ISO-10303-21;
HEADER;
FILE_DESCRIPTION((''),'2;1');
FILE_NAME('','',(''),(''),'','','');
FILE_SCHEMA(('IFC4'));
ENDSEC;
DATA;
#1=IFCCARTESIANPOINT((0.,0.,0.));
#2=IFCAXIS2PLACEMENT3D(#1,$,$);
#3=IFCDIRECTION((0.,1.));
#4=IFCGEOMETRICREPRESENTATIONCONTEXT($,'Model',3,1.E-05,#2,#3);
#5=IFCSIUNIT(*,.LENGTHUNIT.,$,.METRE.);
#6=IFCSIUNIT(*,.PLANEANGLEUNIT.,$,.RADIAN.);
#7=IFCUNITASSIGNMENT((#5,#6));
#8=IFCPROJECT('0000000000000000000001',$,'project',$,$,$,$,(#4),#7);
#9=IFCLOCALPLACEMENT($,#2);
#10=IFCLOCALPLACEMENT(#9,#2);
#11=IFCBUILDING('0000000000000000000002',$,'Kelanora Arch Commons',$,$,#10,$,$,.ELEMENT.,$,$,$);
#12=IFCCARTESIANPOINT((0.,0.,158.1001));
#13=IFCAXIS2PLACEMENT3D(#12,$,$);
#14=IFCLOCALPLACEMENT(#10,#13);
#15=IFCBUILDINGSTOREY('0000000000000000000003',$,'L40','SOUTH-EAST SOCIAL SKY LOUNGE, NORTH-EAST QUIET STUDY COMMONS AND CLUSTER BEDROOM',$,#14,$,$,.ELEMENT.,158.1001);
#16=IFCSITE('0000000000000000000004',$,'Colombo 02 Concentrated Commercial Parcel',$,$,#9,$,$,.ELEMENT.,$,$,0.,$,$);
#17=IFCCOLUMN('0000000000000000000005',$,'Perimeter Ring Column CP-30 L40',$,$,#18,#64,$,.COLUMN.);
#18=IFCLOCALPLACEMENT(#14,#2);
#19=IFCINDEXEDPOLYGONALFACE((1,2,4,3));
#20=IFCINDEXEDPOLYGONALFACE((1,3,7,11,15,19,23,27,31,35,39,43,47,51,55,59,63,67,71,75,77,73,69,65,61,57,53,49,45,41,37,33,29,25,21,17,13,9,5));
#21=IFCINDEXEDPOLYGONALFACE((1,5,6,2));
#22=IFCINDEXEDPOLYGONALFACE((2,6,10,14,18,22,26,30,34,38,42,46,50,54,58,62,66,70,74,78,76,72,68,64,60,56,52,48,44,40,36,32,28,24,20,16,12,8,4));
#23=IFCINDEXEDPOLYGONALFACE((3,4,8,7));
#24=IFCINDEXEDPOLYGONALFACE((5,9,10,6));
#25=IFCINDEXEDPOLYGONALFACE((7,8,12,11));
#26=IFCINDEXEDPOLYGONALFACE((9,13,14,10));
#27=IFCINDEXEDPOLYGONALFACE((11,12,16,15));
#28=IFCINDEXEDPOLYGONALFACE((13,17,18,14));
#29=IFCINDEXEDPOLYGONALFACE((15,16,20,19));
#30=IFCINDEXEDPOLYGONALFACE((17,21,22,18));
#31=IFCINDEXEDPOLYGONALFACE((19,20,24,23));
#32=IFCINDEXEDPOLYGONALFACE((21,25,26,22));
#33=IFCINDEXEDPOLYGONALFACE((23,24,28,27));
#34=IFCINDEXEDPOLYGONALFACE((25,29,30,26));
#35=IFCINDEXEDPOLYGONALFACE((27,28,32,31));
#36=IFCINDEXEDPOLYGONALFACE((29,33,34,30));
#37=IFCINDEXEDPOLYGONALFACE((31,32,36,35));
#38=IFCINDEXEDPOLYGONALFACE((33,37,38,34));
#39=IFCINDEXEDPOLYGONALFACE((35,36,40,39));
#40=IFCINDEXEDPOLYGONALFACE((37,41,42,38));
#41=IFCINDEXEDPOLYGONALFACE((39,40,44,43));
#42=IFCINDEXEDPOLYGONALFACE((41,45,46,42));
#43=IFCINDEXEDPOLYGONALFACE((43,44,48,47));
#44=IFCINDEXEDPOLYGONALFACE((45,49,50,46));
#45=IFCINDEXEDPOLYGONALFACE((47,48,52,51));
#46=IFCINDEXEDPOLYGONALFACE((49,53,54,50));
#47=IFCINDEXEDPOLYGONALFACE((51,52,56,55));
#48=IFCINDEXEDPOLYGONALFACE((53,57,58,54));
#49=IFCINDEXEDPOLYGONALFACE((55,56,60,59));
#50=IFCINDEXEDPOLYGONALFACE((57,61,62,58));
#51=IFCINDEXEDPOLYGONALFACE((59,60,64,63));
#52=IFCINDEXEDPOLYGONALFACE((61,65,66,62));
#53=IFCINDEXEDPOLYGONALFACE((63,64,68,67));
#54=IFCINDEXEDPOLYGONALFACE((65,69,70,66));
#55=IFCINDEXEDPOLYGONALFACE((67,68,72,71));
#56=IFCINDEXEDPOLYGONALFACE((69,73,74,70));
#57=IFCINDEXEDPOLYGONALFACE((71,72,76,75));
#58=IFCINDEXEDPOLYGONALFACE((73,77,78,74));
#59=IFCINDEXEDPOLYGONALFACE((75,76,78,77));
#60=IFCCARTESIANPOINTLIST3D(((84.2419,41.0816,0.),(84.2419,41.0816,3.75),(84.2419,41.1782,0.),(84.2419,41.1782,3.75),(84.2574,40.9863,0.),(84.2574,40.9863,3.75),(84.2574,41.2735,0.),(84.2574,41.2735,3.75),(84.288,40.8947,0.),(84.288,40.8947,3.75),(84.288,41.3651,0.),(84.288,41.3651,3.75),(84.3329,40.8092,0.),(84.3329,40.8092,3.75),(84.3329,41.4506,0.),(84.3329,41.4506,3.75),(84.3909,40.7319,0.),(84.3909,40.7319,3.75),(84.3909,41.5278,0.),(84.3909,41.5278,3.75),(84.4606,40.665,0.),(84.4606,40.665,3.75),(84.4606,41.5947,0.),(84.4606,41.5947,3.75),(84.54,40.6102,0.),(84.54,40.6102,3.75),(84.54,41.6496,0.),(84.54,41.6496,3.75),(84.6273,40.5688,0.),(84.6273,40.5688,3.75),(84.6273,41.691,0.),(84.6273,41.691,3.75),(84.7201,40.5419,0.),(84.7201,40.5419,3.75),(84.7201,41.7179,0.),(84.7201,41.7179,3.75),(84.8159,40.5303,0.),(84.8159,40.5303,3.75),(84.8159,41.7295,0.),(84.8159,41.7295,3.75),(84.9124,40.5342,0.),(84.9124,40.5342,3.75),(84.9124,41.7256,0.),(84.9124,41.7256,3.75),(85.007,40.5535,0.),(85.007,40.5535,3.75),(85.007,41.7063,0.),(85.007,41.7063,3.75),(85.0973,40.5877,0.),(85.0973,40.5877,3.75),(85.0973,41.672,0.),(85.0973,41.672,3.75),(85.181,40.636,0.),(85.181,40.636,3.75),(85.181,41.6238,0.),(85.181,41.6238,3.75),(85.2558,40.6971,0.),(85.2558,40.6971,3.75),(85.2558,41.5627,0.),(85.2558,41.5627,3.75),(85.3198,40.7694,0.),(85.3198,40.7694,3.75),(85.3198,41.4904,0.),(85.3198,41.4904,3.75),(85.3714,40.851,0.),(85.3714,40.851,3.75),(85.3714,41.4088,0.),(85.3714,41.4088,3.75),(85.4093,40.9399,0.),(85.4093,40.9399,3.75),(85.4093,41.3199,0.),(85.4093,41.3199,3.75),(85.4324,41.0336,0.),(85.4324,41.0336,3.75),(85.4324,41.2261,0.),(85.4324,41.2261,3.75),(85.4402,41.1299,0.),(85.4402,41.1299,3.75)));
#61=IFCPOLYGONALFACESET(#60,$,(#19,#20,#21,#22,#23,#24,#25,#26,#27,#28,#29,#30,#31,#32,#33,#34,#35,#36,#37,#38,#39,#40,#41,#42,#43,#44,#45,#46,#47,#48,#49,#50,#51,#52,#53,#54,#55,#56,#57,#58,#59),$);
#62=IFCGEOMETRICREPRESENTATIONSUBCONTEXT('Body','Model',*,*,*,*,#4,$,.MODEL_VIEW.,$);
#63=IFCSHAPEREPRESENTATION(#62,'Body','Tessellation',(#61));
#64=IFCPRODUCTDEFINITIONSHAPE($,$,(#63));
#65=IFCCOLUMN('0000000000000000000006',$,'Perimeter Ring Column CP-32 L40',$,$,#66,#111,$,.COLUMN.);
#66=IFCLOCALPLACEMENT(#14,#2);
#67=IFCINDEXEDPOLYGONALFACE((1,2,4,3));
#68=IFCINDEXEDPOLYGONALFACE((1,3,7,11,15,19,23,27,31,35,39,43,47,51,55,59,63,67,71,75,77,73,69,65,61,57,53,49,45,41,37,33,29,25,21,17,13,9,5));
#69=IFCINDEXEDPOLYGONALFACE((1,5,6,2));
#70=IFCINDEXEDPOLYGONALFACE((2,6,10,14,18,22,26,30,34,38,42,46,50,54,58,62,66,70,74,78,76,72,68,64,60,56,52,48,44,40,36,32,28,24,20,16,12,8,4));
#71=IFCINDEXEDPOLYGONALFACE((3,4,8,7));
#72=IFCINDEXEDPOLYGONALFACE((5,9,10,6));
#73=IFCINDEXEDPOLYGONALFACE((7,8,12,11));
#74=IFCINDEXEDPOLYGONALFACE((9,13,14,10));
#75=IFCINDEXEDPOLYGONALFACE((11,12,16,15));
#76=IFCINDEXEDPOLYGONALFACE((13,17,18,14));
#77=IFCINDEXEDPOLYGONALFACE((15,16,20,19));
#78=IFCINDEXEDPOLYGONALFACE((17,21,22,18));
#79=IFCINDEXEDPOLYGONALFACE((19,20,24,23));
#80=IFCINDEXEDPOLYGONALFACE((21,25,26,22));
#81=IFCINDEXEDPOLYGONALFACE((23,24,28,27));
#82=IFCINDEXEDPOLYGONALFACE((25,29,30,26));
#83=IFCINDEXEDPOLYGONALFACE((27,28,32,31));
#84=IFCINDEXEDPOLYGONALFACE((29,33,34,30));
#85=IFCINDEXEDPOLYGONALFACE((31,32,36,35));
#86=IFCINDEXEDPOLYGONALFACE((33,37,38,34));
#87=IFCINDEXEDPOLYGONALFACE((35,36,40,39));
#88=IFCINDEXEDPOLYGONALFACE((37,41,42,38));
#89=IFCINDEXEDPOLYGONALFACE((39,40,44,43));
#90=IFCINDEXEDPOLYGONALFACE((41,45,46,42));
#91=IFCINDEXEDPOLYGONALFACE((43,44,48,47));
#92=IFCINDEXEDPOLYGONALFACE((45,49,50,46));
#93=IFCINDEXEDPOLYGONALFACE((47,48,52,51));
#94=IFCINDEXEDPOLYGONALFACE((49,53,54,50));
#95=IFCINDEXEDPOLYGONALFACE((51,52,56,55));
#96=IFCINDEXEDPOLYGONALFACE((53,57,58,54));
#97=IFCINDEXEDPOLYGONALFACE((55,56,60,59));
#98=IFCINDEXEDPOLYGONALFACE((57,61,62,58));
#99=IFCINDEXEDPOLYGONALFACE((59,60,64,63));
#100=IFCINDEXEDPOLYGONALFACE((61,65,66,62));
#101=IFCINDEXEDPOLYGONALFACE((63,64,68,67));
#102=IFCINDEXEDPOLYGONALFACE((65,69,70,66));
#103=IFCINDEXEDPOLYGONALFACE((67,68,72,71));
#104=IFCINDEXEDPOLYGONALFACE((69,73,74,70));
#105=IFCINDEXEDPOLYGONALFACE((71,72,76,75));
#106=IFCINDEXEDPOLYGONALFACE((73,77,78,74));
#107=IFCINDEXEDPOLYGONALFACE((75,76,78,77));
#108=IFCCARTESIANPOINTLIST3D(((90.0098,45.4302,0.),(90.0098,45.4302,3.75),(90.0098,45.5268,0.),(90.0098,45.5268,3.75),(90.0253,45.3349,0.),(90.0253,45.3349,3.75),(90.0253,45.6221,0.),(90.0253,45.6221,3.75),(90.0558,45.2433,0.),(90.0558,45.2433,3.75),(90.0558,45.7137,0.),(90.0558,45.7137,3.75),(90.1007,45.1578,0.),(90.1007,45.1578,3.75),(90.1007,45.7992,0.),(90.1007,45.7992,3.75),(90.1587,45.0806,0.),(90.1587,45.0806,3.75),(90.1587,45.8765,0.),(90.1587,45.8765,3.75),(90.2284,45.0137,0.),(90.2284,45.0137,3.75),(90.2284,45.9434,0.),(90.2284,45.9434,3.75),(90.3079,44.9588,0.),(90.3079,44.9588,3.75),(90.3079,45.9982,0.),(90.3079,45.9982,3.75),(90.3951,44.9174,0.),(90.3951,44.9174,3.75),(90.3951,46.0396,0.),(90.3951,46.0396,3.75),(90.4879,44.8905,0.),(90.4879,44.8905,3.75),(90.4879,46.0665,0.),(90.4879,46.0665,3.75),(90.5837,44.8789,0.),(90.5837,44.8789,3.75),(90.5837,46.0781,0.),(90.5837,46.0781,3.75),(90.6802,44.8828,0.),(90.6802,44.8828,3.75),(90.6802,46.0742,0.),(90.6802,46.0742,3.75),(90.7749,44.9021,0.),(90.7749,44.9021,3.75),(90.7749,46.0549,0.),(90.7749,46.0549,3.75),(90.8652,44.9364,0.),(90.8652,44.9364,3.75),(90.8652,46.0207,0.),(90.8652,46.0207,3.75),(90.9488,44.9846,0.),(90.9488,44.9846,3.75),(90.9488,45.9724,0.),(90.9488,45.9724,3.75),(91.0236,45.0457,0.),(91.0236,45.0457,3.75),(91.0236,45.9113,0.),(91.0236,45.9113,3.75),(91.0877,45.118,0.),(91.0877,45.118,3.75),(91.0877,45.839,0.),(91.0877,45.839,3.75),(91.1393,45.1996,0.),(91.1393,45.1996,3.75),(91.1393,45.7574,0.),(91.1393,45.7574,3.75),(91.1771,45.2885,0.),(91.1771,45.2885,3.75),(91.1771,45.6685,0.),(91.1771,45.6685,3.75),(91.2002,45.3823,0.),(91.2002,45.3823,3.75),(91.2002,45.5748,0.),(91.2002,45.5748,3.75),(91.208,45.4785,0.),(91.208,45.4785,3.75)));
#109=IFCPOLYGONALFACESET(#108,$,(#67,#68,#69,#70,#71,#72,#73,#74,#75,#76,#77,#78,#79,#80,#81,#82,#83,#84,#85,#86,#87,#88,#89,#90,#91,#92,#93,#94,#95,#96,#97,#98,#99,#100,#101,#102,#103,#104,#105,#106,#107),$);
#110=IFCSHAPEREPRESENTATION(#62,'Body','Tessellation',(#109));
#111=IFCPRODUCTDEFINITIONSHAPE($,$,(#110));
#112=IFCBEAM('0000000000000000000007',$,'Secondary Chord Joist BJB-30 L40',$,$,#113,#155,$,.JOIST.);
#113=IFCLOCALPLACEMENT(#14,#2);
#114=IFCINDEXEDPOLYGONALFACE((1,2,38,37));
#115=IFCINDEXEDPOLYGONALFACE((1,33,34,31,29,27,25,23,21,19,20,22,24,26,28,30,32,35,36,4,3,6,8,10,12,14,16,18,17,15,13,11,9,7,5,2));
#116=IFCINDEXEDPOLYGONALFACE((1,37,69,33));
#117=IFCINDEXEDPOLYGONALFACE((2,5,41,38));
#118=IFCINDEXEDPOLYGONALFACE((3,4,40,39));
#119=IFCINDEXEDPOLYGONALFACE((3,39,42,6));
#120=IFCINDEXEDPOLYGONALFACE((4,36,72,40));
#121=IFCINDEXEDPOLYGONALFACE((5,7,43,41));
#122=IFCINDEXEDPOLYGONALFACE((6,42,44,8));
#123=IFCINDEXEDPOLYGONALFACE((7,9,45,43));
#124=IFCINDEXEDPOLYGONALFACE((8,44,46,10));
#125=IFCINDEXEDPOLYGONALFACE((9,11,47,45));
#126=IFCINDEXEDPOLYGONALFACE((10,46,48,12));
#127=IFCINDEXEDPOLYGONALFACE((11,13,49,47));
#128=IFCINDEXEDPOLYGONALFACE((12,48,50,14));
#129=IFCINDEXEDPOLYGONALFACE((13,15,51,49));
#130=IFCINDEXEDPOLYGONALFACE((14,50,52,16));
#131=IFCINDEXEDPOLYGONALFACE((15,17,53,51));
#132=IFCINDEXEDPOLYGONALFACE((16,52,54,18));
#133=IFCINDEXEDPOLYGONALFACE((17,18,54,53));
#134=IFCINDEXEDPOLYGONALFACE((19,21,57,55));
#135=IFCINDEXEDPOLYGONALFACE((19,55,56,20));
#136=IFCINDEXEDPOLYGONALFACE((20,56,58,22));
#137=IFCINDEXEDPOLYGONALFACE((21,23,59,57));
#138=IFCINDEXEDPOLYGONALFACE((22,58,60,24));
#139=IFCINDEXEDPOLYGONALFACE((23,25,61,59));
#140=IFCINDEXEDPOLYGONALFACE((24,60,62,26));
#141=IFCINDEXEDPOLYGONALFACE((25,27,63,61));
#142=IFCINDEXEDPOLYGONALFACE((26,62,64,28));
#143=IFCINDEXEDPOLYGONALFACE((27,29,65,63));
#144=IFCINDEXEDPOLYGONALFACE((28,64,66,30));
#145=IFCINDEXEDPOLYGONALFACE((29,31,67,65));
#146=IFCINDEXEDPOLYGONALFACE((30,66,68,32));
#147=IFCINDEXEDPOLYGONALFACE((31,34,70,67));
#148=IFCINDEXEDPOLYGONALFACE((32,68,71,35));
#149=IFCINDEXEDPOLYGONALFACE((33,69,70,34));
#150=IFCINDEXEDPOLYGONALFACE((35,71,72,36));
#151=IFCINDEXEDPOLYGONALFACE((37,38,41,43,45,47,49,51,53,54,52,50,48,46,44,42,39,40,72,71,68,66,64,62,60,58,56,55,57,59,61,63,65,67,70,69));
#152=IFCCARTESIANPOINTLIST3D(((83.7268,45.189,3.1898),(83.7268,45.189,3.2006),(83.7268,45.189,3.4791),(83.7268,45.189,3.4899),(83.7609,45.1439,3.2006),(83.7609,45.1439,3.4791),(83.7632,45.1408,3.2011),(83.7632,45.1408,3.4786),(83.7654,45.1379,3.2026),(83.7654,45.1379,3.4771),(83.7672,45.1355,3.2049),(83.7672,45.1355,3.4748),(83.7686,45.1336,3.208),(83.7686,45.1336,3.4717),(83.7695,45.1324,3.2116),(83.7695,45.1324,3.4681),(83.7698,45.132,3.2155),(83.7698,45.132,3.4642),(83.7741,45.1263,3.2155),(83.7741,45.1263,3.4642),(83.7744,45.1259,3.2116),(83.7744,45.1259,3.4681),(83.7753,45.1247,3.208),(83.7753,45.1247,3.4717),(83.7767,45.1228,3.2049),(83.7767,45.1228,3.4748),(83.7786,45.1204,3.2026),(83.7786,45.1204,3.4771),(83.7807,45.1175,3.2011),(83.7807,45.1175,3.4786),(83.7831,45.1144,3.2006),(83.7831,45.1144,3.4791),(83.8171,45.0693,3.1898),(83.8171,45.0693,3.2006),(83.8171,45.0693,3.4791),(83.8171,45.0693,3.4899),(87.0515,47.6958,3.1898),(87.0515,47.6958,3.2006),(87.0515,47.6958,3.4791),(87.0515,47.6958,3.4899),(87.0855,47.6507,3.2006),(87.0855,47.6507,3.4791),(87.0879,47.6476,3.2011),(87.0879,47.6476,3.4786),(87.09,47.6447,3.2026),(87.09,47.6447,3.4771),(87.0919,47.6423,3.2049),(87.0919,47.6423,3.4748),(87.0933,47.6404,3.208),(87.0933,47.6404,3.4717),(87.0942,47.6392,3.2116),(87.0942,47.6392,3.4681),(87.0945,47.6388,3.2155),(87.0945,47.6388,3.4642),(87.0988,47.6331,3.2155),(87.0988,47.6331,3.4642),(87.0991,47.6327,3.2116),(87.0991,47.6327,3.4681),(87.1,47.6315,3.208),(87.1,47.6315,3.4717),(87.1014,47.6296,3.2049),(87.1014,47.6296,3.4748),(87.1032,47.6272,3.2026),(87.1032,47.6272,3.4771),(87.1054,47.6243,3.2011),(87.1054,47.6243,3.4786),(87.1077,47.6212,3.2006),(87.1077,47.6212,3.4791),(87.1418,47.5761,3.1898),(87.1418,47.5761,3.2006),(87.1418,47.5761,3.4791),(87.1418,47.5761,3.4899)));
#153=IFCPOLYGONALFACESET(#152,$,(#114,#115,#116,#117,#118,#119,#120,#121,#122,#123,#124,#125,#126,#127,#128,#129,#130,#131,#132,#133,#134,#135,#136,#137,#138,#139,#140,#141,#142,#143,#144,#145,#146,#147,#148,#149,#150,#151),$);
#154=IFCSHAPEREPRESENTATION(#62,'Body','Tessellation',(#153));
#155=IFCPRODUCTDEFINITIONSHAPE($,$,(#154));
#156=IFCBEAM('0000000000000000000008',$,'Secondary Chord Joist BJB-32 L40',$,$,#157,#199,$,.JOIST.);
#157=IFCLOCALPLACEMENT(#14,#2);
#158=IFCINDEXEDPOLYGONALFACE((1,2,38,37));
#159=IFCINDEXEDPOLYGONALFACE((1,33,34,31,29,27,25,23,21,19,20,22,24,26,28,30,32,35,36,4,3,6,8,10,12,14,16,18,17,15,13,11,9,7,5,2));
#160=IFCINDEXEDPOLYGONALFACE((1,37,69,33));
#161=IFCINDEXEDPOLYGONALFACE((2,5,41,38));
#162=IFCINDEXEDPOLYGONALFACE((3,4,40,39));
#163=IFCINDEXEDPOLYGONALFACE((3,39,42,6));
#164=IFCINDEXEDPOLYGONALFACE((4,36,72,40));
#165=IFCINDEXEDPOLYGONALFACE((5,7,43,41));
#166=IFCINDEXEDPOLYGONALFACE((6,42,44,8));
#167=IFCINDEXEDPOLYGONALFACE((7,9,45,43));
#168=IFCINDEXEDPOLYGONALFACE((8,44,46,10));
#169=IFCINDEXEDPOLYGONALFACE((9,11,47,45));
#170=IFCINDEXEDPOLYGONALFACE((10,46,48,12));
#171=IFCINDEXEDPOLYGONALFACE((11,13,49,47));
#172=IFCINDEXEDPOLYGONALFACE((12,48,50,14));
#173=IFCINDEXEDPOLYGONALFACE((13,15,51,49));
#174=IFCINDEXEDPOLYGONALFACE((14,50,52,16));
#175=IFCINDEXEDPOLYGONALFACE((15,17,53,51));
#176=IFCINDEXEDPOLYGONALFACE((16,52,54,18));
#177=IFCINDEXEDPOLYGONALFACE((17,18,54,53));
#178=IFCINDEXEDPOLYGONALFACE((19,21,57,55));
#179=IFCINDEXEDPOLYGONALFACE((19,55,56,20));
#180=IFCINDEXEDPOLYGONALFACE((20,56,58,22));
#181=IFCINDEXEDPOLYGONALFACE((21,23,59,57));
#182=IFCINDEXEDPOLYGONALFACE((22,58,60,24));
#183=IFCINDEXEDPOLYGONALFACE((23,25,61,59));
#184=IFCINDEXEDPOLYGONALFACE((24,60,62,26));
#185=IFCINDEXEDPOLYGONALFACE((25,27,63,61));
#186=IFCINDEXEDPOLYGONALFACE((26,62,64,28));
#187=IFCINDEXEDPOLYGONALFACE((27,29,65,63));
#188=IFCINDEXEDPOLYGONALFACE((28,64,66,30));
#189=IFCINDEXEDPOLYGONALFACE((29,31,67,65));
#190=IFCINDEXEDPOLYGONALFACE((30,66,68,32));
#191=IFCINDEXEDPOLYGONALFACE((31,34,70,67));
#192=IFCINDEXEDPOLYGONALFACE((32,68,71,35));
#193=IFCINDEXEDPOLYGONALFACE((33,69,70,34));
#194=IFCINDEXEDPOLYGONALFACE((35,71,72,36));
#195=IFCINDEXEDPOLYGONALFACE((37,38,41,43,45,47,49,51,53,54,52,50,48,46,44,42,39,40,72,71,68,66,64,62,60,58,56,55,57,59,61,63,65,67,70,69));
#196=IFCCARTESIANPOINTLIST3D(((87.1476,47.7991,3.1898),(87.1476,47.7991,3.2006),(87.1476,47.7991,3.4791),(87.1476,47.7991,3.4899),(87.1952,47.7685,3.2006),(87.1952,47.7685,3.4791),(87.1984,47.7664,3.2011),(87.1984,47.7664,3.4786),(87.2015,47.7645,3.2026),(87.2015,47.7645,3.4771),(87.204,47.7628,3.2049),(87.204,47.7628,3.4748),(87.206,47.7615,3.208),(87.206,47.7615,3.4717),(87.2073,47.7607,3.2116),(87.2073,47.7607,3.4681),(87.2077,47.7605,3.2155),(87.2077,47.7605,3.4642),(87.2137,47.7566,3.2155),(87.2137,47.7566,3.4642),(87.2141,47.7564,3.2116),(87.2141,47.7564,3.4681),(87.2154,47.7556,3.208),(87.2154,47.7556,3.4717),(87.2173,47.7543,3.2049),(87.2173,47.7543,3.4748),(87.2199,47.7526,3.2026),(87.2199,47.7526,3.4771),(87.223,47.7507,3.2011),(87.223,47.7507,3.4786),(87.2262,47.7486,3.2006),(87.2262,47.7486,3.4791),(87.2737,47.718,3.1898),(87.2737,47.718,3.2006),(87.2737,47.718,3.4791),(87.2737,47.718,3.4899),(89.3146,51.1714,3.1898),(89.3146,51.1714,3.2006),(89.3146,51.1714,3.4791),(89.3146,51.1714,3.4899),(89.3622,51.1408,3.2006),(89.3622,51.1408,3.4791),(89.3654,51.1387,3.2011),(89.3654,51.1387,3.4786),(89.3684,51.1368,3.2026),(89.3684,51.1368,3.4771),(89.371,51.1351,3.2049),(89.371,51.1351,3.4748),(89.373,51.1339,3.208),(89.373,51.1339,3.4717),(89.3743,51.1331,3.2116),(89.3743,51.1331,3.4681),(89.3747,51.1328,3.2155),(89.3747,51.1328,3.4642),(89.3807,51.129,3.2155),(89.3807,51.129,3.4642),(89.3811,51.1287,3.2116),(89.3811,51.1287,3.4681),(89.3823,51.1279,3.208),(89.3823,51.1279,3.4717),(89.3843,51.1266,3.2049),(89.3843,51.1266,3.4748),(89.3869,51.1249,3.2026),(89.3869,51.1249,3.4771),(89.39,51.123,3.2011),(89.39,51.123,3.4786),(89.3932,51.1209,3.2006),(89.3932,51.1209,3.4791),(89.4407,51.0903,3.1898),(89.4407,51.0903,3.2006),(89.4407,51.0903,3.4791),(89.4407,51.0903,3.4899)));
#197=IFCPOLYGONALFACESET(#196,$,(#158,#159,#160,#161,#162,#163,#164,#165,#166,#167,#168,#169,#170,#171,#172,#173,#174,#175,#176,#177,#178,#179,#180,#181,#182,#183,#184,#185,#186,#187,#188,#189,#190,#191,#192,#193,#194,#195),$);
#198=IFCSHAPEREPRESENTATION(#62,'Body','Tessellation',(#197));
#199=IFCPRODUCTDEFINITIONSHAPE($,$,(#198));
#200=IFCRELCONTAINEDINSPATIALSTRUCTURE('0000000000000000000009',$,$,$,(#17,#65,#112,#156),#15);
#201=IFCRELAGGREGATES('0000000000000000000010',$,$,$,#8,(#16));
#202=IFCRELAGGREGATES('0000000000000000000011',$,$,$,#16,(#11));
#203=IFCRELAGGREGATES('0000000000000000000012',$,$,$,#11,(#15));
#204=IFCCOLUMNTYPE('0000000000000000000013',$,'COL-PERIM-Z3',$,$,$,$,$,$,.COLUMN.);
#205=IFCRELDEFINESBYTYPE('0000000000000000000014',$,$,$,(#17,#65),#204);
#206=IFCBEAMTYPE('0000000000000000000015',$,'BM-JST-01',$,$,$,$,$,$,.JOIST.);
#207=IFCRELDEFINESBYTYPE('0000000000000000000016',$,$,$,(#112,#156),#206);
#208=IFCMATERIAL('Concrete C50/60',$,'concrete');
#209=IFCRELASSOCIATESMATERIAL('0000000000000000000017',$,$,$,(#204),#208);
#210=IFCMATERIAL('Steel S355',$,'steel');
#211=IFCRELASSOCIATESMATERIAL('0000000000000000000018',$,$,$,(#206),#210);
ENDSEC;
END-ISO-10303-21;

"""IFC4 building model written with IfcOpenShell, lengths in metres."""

from ifc_helpers import new_model, si_unit, direction, frame, origin, origin_2d, place, context, subcontext, project, spatial, circle, i_section, extrude, material, material_profile, profile_set, type_object, element, save


model = new_model("IFC4")

# Units and contexts
model_context = context("Model", 3, precision=1e-05, world=origin(), true_north=direction((0.0, 1.0)))
body_context = subcontext(model_context, "Body", "Model", "MODEL_VIEW")
ifc_project = project(units=[si_unit("LENGTHUNIT", "METRE"), si_unit("PLANEANGLEUNIT", "RADIAN")], contexts=[model_context])

# Site, building, storey
site_placement = place(None, origin())
site = spatial("IfcSite", under=ifc_project, at=site_placement, Name="Colombo 02 Concentrated Commercial Parcel", CompositionType="ELEMENT", RefElevation=0.0)
building_placement = place(site_placement, origin())
building = spatial("IfcBuilding", under=site, at=building_placement, Name="Kelanora Arch Commons", CompositionType="ELEMENT")
storey_placement = place(building_placement, frame((0.0, 0.0, 158.1001)))
storey = spatial("IfcBuildingStorey", under=building, at=storey_placement, Name="L40", Description="SOUTH-EAST SOCIAL SKY LOUNGE, NORTH-EAST QUIET STUDY COMMONS AND CLUSTER BEDROOM", CompositionType="ELEMENT", Elevation=158.1001)

# Columns
ifc_material_1 = material(Name="Concrete C50/60", Category="concrete")
ifc_material_profile_1 = material_profile(ifc_material_1, circle(Radius=0.6001, at=origin_2d()), Name="RCC1200")
ifc_profile_set_1 = profile_set([ifc_material_profile_1], Name="Concrete C50/60")
column_type = type_object("IfcColumnType", Name="COL-PERIM-Z3", PredefinedType="COLUMN", material=ifc_profile_set_1)
for number, where, z_axis, x_axis, name in (
    (1, (84.8401, 41.1299, 0.0), (0.0, 0.0, 1.0), (1.0, 0.0, 0.0), "Perimeter Ring Column CP-30 L40"),
    (2, (90.6079, 45.4785, 0.0), (0.0, 0.0, 1.0), (1.0, 0.0, 0.0), "Perimeter Ring Column CP-32 L40"),
):
    element("IfcColumn", number, at=place(storey_placement, frame(where, z_axis=z_axis, x_axis=x_axis)), inside=storey, type_object=column_type, Name=name, PredefinedType="COLUMN", context=body_context, shape_type="SweptSolid", body=[
        extrude(circle(Radius=0.6001, at=origin_2d()), origin(), (0.0, 0.0, 1.0), 3.75),
    ])

# Beams
ifc_material_2 = material(Name="Steel S355", Category="steel")
ifc_material_profile_2 = material_profile(ifc_material_2, i_section(OverallWidth=0.1499, OverallDepth=0.3, WebThickness=0.0071, FlangeThickness=0.0107, FilletRadius=0.0149, at=origin_2d()), Name="IPE300")
ifc_profile_set_2 = profile_set([ifc_material_profile_2], Name="Steel S355")
beam_type_1 = type_object("IfcBeamType", Name="BM-JST-01", PredefinedType="JOIST", material=ifc_profile_set_2)
beam_1_placement = place(storey_placement, frame((83.772, 45.1292, 3.3398), z_axis=(0.798464, 0.602043, 0.0), x_axis=(-0.602043, 0.798464, 0.0)))
element("IfcBeam", 3, at=beam_1_placement, inside=storey, type_object=beam_type_1, Name="Secondary Chord Joist BJB-30 L40", PredefinedType="JOIST", context=body_context, shape_type="SweptSolid", body=[
    extrude(i_section(OverallWidth=0.1499, OverallDepth=0.3, WebThickness=0.0071, FlangeThickness=0.0107, FilletRadius=0.0149, at=origin_2d()), origin(), (0.0, 0.0, 1.0), 4.1638),
])
beam_2_placement = place(storey_placement, frame((87.2107, 47.7585, 3.3398), z_axis=(0.540594, 0.841283, 0.0), x_axis=(-0.841283, 0.540594, 0.0)))
element("IfcBeam", 4, at=beam_2_placement, inside=storey, type_object=beam_type_1, Name="Secondary Chord Joist BJB-32 L40", PredefinedType="JOIST", context=body_context, shape_type="SweptSolid", body=[
    extrude(i_section(OverallWidth=0.1499, OverallDepth=0.3, WebThickness=0.0071, FlangeThickness=0.0107, FilletRadius=0.0149, at=origin_2d()), origin(), (0.0, 0.0, 1.0), 4.0085),
])

save(model, "model.ifc")
